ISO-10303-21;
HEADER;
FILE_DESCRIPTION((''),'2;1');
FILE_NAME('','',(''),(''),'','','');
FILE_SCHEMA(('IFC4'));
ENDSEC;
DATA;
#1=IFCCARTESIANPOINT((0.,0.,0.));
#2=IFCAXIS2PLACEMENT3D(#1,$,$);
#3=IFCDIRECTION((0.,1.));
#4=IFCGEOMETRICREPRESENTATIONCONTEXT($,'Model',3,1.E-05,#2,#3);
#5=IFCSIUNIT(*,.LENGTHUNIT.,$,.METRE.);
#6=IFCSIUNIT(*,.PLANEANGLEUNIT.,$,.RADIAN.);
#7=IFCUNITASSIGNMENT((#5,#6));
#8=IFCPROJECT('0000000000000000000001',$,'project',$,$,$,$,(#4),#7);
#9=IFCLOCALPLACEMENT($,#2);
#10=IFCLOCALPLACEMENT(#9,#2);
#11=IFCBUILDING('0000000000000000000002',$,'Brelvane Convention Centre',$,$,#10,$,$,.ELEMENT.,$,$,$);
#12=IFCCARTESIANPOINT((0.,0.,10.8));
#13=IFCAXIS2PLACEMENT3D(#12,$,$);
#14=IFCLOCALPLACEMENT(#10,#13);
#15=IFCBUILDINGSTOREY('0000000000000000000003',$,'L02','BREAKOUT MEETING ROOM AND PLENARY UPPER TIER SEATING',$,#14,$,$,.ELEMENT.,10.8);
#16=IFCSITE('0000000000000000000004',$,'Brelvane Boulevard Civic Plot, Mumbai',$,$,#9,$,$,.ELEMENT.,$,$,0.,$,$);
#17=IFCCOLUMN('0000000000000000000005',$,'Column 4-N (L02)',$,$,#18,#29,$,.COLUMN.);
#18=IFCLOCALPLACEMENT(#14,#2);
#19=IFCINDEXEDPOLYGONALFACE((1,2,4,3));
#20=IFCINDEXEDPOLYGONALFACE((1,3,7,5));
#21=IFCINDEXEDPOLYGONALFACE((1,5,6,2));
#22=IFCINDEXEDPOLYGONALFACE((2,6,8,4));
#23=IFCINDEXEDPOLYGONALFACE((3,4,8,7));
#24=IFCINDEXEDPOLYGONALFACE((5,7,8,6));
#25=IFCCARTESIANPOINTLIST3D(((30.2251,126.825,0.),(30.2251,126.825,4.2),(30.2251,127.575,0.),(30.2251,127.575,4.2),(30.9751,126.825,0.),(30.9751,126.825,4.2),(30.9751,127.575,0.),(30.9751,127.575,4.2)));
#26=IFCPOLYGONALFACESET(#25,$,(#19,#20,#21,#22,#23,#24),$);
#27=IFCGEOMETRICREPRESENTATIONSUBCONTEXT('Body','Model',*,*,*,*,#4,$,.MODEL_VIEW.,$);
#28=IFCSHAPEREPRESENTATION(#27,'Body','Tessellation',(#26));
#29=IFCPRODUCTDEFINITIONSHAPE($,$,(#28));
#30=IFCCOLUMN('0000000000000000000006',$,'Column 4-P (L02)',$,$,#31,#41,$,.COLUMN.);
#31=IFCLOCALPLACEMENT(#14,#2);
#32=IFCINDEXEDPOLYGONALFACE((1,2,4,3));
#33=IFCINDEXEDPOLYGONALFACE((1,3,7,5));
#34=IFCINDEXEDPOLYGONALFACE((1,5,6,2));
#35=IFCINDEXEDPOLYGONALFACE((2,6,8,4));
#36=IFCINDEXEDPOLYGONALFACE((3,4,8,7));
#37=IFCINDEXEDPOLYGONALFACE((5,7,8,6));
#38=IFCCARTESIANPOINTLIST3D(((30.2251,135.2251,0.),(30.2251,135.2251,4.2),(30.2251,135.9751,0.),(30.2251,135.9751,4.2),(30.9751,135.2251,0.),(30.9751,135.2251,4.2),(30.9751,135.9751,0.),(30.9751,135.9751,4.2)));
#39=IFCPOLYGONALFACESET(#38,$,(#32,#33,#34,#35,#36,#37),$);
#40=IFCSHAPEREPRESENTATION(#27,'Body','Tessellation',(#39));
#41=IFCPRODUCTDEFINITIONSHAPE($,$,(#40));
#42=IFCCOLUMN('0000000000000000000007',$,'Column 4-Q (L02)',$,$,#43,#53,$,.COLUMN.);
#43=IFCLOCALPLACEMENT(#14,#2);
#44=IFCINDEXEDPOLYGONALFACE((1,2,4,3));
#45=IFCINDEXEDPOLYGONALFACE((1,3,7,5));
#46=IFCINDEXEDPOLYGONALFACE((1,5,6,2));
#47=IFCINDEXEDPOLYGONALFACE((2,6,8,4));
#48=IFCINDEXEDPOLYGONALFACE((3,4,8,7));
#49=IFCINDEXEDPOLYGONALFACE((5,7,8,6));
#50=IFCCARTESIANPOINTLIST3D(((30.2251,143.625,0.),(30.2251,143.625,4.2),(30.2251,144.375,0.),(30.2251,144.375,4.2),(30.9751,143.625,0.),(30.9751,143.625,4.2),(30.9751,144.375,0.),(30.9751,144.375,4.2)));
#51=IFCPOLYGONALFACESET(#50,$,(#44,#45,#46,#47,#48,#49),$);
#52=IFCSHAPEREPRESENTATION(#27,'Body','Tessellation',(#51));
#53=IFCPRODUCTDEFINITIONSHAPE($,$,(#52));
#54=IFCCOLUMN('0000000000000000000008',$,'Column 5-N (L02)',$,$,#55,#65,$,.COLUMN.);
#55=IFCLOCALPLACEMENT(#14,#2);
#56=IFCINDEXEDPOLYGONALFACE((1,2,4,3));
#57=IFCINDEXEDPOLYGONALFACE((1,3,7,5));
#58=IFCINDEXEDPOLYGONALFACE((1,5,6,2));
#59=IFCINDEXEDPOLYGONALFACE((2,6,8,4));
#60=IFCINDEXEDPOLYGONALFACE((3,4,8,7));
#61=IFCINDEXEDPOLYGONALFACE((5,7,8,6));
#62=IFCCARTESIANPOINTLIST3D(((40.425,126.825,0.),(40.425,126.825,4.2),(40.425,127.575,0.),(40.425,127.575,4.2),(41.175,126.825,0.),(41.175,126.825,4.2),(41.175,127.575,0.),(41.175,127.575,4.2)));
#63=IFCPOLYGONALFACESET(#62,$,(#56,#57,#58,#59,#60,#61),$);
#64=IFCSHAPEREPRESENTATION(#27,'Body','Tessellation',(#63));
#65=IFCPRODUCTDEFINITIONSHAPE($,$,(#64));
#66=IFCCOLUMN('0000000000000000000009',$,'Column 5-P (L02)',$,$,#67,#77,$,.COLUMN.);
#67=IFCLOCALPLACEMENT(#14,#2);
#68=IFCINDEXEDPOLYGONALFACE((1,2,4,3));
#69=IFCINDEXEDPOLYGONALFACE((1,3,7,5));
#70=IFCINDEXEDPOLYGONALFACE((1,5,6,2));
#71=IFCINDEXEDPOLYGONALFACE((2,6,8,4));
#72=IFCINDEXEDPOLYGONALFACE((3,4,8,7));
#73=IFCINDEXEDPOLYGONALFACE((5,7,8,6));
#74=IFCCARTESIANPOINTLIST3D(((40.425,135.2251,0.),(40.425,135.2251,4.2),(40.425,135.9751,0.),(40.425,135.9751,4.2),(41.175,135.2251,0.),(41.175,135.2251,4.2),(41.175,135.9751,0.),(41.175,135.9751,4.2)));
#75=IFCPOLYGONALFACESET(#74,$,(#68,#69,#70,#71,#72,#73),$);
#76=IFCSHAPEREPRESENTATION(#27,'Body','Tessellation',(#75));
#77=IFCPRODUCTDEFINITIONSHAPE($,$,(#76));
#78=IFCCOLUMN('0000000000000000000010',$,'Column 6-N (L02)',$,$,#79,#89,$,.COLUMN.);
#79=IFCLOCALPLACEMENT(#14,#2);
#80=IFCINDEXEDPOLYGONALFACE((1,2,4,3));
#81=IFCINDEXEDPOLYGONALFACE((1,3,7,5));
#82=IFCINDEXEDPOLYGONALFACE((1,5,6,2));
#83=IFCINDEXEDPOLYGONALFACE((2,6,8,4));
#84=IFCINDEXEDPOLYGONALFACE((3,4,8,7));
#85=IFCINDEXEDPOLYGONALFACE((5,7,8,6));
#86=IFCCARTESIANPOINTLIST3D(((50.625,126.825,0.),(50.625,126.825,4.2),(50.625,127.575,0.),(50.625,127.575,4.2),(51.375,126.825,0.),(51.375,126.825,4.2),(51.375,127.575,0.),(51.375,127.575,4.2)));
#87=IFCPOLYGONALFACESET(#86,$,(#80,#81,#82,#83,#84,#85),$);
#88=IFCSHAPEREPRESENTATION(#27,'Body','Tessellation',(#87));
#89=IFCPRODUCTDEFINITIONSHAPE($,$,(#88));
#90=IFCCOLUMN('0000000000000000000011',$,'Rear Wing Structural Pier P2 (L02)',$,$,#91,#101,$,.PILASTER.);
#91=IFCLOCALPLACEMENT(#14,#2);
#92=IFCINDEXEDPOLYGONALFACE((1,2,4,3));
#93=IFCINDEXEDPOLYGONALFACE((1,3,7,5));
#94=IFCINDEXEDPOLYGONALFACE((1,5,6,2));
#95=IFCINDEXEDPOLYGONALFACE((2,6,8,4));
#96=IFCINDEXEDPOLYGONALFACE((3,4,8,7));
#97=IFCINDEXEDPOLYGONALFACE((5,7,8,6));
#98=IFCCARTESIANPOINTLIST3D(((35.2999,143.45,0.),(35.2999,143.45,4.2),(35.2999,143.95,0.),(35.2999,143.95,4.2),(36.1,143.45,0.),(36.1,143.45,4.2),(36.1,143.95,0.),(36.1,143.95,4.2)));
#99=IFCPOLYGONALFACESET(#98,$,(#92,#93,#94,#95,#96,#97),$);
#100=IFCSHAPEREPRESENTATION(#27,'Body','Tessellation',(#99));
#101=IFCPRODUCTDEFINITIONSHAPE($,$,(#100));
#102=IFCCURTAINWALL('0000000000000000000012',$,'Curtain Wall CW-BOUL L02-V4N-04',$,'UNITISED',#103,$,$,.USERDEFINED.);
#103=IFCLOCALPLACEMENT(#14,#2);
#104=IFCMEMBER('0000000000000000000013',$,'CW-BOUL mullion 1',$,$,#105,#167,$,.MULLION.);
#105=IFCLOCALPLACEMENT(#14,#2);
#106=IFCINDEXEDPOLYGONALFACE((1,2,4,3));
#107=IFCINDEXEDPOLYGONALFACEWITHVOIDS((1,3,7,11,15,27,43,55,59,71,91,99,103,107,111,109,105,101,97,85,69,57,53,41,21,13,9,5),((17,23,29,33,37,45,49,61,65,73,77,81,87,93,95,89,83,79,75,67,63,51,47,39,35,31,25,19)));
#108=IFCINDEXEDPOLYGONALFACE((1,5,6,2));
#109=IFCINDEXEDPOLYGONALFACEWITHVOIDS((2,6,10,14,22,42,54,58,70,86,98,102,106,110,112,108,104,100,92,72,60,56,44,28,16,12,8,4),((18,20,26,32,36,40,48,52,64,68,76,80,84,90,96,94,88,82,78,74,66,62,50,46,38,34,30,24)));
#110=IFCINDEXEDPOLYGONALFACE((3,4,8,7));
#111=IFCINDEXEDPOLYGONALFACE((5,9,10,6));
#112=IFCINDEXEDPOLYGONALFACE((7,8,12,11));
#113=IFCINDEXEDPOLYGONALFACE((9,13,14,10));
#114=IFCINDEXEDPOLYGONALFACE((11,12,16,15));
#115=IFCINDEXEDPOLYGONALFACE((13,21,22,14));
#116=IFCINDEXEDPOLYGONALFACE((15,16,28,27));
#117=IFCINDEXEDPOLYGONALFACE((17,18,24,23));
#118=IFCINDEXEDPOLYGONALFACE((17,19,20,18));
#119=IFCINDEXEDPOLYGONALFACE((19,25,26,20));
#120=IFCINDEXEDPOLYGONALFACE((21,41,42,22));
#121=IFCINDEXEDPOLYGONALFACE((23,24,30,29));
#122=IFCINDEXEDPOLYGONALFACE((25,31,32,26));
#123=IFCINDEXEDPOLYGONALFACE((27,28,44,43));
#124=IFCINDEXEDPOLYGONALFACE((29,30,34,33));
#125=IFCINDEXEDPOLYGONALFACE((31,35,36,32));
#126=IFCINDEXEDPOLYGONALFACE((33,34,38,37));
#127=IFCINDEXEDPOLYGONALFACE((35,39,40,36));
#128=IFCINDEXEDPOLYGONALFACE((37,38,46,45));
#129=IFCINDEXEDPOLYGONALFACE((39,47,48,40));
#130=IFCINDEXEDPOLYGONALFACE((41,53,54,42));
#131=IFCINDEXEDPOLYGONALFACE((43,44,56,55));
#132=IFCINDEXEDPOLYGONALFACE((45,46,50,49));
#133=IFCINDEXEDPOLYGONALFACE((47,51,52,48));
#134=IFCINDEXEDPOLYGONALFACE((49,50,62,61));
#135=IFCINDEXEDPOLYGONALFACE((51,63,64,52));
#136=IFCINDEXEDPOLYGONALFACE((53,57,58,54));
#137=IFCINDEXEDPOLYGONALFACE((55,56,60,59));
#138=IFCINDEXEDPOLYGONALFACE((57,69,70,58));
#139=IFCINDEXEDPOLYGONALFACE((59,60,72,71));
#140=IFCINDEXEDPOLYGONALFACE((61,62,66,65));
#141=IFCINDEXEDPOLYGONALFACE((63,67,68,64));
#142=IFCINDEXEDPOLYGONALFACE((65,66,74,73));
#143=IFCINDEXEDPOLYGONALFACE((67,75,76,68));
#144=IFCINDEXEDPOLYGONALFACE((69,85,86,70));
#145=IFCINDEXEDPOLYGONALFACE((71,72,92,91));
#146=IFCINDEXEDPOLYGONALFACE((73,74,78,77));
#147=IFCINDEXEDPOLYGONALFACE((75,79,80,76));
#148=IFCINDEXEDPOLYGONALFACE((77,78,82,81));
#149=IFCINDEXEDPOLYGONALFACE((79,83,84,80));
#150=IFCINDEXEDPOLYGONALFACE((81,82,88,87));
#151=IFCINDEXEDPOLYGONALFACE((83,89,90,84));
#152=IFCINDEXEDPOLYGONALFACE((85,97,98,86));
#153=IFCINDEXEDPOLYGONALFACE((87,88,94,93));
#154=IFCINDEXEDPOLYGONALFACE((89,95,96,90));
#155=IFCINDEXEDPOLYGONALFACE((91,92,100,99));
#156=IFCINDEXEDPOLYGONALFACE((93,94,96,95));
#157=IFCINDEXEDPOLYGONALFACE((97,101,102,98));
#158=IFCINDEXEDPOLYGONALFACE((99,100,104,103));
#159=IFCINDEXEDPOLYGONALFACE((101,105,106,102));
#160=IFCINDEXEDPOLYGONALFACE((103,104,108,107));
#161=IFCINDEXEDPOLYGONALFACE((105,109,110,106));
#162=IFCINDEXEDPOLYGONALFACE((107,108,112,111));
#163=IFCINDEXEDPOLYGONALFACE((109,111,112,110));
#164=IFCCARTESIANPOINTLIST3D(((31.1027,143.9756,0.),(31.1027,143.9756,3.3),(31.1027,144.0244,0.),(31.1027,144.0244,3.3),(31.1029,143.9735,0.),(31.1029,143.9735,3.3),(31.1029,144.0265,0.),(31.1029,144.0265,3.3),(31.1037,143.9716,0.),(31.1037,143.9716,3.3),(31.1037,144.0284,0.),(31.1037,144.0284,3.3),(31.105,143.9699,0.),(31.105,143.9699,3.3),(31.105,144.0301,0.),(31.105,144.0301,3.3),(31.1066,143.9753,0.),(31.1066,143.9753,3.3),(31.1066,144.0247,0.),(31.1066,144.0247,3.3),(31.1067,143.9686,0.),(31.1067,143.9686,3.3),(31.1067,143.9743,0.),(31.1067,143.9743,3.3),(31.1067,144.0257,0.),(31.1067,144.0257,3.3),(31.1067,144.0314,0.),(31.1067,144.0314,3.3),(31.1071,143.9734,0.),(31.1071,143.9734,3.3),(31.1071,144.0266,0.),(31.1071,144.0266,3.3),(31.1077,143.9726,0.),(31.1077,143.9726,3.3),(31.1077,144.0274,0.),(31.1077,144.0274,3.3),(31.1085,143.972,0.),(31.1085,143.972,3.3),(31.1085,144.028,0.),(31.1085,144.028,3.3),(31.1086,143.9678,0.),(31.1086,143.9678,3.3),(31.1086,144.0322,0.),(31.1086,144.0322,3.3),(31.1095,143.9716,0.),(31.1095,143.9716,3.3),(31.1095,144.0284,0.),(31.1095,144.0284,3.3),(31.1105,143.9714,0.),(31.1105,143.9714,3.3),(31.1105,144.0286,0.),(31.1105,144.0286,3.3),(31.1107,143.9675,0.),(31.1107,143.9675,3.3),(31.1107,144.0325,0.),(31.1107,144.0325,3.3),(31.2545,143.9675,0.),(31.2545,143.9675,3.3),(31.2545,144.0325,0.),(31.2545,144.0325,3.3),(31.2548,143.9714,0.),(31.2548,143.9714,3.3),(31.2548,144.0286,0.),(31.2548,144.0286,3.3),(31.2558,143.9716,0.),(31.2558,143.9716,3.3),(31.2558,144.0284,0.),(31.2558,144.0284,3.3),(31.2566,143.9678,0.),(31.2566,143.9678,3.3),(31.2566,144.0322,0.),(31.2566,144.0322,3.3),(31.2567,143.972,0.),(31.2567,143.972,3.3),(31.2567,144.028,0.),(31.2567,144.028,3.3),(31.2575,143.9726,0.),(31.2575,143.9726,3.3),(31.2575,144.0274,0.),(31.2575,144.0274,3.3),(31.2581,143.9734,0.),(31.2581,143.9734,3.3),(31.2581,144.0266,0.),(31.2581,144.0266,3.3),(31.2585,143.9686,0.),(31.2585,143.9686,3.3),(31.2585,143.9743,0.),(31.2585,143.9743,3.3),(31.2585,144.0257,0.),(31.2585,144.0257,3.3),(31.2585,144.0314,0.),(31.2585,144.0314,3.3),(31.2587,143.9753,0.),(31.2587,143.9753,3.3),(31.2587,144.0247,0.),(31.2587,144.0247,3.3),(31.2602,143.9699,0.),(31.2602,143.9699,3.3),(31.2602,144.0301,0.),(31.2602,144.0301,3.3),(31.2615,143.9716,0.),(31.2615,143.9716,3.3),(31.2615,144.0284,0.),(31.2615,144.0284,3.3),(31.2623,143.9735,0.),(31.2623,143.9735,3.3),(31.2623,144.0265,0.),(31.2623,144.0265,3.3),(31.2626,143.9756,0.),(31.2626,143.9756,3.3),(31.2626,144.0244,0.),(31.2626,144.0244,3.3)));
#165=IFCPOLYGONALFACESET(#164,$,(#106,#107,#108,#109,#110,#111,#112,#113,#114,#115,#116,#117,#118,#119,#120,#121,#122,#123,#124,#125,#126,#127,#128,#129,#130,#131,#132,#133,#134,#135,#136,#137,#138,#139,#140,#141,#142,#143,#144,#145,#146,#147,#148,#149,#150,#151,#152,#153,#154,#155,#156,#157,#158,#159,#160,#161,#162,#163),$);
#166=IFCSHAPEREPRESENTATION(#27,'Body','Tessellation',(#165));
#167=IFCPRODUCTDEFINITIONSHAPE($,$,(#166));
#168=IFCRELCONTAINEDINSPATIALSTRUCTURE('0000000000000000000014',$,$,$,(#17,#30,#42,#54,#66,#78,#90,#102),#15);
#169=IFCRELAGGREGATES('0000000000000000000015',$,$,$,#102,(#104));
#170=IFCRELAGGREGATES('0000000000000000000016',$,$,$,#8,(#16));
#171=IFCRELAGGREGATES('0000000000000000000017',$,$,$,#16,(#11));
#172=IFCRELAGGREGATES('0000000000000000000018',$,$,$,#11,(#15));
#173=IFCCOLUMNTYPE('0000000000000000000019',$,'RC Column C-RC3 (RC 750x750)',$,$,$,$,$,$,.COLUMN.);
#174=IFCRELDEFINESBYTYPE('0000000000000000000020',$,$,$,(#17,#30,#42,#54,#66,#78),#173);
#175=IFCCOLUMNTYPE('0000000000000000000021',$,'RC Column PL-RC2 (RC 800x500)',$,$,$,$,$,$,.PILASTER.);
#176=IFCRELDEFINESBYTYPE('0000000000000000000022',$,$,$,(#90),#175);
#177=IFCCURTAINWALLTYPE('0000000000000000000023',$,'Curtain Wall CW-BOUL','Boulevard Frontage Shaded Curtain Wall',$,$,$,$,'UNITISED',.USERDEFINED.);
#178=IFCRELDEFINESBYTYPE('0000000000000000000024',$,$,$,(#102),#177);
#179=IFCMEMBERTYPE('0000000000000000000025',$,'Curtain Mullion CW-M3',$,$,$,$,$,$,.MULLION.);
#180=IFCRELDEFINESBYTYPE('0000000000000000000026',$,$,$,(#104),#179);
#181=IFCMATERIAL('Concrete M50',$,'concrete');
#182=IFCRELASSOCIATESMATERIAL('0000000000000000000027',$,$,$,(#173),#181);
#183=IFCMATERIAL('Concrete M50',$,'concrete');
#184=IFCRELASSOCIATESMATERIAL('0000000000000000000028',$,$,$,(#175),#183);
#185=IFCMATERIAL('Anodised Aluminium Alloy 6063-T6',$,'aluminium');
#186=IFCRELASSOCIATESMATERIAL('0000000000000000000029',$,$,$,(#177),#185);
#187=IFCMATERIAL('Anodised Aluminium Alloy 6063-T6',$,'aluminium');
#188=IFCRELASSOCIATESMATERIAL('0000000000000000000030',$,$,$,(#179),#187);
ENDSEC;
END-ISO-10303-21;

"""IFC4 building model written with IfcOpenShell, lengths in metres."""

from ifc_helpers import new_model, si_unit, direction, frame, origin, origin_2d, place, context, subcontext, project, spatial, rectangle, hollow_rectangle, extrude, material, material_profile, profile_set, type_object, element, aggregate, save


model = new_model("IFC4")

# Units and contexts
model_context = context("Model", 3, precision=1e-05, world=origin(), true_north=direction((0.0, 1.0)))
body_context = subcontext(model_context, "Body", "Model", "MODEL_VIEW")
ifc_project = project(units=[si_unit("LENGTHUNIT", "METRE"), si_unit("PLANEANGLEUNIT", "RADIAN")], contexts=[model_context])

# Site, building, storey
site_placement = place(None, origin())
site = spatial("IfcSite", under=ifc_project, at=site_placement, Name="Brelvane Boulevard Civic Plot, Mumbai", CompositionType="ELEMENT", RefElevation=0.0)
building_placement = place(site_placement, origin())
building = spatial("IfcBuilding", under=site, at=building_placement, Name="Brelvane Convention Centre", CompositionType="ELEMENT")
storey_placement = place(building_placement, frame((0.0, 0.0, 10.8)))
storey = spatial("IfcBuildingStorey", under=building, at=storey_placement, Name="L02", Description="BREAKOUT MEETING ROOM AND PLENARY UPPER TIER SEATING", CompositionType="ELEMENT", Elevation=10.8)

# Columns
ifc_material_1 = material(Name="Concrete M50", Category="concrete")
ifc_material_profile_1 = material_profile(ifc_material_1, rectangle(XDim=0.75, YDim=0.75, at=origin_2d()), Name="RC 750x750")
ifc_profile_set_1 = profile_set([ifc_material_profile_1], Name="Concrete M50")
column_type_1 = type_object("IfcColumnType", Name="RC Column C-RC3 (RC 750x750)", PredefinedType="COLUMN", material=ifc_profile_set_1)
for number, where, z_axis, x_axis, name in (
    (1, (30.6001, 127.2, 0.0), (0.0, 0.0, 1.0), (1.0, 0.0, 0.0), "Column 4-N (L02)"),
    (2, (30.6001, 135.6001, 0.0), (0.0, 0.0, 1.0), (1.0, 0.0, 0.0), "Column 4-P (L02)"),
    (3, (30.6001, 144.0, 0.0), (0.0, 0.0, 1.0), (1.0, 0.0, 0.0), "Column 4-Q (L02)"),
    (4, (40.8, 127.2, 0.0), (0.0, 0.0, 1.0), (1.0, 0.0, 0.0), "Column 5-N (L02)"),
    (5, (40.8, 135.6001, 0.0), (0.0, 0.0, 1.0), (1.0, 0.0, 0.0), "Column 5-P (L02)"),
    (6, (51.0, 127.2, 0.0), (0.0, 0.0, 1.0), (1.0, 0.0, 0.0), "Column 6-N (L02)"),
):
    element("IfcColumn", number, at=place(storey_placement, frame(where, z_axis=z_axis, x_axis=x_axis)), inside=storey, type_object=column_type_1, Name=name, PredefinedType="COLUMN", context=body_context, shape_type="SweptSolid", body=[
        extrude(rectangle(XDim=0.75, YDim=0.75, at=origin_2d()), origin(), (0.0, 0.0, 1.0), 4.2),
    ])
ifc_material_2 = material(Name="Concrete M50", Category="concrete")
ifc_material_profile_2 = material_profile(ifc_material_2, rectangle(XDim=0.8, YDim=0.5, at=origin_2d()), Name="RC 800x500")
ifc_profile_set_2 = profile_set([ifc_material_profile_2], Name="Concrete M50")
column_type_2 = type_object("IfcColumnType", Name="RC Column PL-RC2 (RC 800x500)", PredefinedType="PILASTER", material=ifc_profile_set_2)
column_placement = place(storey_placement, frame((35.7, 143.7, 0.0), z_axis=(0.0, 0.0, 1.0), x_axis=(1.0, 0.0, 0.0)))
element("IfcColumn", 7, at=column_placement, inside=storey, type_object=column_type_2, Name="Rear Wing Structural Pier P2 (L02)", PredefinedType="PILASTER", context=body_context, shape_type="SweptSolid", body=[
    extrude(rectangle(XDim=0.8, YDim=0.5, at=origin_2d()), origin(), (0.0, 0.0, 1.0), 4.2),
])

# Curtain wall, member
ifc_material_3 = material(Name="Anodised Aluminium Alloy 6063-T6", Category="aluminium")
curtain_wall_type = type_object("IfcCurtainWallType", Name="Curtain Wall CW-BOUL", Description="Boulevard Frontage Shaded Curtain Wall", ElementType="UNITISED", PredefinedType="USERDEFINED", material=ifc_material_3)
curtain_wall_placement = place(storey_placement, origin())
curtain_wall = element("IfcCurtainWall", 8, at=curtain_wall_placement, inside=storey, type_object=curtain_wall_type, Name="Curtain Wall CW-BOUL L02-V4N-04", ObjectType="UNITISED", PredefinedType="USERDEFINED")
ifc_material_4 = material(Name="Anodised Aluminium Alloy 6063-T6", Category="aluminium")
ifc_material_profile_3 = material_profile(ifc_material_4, hollow_rectangle(XDim=0.0649, YDim=0.1599, WallThickness=0.0039, InnerFilletRadius=0.0039, OuterFilletRadius=0.0081, at=origin_2d()), Name="ALU-M 160x65x4.0")
ifc_profile_set_3 = profile_set([ifc_material_profile_3], Name="Anodised Aluminium Alloy 6063-T6")
member_type_1 = type_object("IfcMemberType", Name="Curtain Mullion CW-M3", PredefinedType="MULLION", material=ifc_profile_set_3)
member_1_placement = place(storey_placement, frame((31.1826, 144.0, 0.0), z_axis=(0.0, 0.0, 1.0), x_axis=(0.0, 1.0, 0.0)))
member_1 = element("IfcMember", 9, at=member_1_placement, type_object=member_type_1, Name="CW-BOUL mullion 1", PredefinedType="MULLION", context=body_context, shape_type="SweptSolid", body=[
    extrude(hollow_rectangle(XDim=0.0649, YDim=0.1599, WallThickness=0.0039, InnerFilletRadius=0.0039, OuterFilletRadius=0.0081, at=origin_2d()), origin(), (0.0, 0.0, 1.0), 3.3),
])
aggregate(curtain_wall, [member_1])

save(model, "model.ifc")
